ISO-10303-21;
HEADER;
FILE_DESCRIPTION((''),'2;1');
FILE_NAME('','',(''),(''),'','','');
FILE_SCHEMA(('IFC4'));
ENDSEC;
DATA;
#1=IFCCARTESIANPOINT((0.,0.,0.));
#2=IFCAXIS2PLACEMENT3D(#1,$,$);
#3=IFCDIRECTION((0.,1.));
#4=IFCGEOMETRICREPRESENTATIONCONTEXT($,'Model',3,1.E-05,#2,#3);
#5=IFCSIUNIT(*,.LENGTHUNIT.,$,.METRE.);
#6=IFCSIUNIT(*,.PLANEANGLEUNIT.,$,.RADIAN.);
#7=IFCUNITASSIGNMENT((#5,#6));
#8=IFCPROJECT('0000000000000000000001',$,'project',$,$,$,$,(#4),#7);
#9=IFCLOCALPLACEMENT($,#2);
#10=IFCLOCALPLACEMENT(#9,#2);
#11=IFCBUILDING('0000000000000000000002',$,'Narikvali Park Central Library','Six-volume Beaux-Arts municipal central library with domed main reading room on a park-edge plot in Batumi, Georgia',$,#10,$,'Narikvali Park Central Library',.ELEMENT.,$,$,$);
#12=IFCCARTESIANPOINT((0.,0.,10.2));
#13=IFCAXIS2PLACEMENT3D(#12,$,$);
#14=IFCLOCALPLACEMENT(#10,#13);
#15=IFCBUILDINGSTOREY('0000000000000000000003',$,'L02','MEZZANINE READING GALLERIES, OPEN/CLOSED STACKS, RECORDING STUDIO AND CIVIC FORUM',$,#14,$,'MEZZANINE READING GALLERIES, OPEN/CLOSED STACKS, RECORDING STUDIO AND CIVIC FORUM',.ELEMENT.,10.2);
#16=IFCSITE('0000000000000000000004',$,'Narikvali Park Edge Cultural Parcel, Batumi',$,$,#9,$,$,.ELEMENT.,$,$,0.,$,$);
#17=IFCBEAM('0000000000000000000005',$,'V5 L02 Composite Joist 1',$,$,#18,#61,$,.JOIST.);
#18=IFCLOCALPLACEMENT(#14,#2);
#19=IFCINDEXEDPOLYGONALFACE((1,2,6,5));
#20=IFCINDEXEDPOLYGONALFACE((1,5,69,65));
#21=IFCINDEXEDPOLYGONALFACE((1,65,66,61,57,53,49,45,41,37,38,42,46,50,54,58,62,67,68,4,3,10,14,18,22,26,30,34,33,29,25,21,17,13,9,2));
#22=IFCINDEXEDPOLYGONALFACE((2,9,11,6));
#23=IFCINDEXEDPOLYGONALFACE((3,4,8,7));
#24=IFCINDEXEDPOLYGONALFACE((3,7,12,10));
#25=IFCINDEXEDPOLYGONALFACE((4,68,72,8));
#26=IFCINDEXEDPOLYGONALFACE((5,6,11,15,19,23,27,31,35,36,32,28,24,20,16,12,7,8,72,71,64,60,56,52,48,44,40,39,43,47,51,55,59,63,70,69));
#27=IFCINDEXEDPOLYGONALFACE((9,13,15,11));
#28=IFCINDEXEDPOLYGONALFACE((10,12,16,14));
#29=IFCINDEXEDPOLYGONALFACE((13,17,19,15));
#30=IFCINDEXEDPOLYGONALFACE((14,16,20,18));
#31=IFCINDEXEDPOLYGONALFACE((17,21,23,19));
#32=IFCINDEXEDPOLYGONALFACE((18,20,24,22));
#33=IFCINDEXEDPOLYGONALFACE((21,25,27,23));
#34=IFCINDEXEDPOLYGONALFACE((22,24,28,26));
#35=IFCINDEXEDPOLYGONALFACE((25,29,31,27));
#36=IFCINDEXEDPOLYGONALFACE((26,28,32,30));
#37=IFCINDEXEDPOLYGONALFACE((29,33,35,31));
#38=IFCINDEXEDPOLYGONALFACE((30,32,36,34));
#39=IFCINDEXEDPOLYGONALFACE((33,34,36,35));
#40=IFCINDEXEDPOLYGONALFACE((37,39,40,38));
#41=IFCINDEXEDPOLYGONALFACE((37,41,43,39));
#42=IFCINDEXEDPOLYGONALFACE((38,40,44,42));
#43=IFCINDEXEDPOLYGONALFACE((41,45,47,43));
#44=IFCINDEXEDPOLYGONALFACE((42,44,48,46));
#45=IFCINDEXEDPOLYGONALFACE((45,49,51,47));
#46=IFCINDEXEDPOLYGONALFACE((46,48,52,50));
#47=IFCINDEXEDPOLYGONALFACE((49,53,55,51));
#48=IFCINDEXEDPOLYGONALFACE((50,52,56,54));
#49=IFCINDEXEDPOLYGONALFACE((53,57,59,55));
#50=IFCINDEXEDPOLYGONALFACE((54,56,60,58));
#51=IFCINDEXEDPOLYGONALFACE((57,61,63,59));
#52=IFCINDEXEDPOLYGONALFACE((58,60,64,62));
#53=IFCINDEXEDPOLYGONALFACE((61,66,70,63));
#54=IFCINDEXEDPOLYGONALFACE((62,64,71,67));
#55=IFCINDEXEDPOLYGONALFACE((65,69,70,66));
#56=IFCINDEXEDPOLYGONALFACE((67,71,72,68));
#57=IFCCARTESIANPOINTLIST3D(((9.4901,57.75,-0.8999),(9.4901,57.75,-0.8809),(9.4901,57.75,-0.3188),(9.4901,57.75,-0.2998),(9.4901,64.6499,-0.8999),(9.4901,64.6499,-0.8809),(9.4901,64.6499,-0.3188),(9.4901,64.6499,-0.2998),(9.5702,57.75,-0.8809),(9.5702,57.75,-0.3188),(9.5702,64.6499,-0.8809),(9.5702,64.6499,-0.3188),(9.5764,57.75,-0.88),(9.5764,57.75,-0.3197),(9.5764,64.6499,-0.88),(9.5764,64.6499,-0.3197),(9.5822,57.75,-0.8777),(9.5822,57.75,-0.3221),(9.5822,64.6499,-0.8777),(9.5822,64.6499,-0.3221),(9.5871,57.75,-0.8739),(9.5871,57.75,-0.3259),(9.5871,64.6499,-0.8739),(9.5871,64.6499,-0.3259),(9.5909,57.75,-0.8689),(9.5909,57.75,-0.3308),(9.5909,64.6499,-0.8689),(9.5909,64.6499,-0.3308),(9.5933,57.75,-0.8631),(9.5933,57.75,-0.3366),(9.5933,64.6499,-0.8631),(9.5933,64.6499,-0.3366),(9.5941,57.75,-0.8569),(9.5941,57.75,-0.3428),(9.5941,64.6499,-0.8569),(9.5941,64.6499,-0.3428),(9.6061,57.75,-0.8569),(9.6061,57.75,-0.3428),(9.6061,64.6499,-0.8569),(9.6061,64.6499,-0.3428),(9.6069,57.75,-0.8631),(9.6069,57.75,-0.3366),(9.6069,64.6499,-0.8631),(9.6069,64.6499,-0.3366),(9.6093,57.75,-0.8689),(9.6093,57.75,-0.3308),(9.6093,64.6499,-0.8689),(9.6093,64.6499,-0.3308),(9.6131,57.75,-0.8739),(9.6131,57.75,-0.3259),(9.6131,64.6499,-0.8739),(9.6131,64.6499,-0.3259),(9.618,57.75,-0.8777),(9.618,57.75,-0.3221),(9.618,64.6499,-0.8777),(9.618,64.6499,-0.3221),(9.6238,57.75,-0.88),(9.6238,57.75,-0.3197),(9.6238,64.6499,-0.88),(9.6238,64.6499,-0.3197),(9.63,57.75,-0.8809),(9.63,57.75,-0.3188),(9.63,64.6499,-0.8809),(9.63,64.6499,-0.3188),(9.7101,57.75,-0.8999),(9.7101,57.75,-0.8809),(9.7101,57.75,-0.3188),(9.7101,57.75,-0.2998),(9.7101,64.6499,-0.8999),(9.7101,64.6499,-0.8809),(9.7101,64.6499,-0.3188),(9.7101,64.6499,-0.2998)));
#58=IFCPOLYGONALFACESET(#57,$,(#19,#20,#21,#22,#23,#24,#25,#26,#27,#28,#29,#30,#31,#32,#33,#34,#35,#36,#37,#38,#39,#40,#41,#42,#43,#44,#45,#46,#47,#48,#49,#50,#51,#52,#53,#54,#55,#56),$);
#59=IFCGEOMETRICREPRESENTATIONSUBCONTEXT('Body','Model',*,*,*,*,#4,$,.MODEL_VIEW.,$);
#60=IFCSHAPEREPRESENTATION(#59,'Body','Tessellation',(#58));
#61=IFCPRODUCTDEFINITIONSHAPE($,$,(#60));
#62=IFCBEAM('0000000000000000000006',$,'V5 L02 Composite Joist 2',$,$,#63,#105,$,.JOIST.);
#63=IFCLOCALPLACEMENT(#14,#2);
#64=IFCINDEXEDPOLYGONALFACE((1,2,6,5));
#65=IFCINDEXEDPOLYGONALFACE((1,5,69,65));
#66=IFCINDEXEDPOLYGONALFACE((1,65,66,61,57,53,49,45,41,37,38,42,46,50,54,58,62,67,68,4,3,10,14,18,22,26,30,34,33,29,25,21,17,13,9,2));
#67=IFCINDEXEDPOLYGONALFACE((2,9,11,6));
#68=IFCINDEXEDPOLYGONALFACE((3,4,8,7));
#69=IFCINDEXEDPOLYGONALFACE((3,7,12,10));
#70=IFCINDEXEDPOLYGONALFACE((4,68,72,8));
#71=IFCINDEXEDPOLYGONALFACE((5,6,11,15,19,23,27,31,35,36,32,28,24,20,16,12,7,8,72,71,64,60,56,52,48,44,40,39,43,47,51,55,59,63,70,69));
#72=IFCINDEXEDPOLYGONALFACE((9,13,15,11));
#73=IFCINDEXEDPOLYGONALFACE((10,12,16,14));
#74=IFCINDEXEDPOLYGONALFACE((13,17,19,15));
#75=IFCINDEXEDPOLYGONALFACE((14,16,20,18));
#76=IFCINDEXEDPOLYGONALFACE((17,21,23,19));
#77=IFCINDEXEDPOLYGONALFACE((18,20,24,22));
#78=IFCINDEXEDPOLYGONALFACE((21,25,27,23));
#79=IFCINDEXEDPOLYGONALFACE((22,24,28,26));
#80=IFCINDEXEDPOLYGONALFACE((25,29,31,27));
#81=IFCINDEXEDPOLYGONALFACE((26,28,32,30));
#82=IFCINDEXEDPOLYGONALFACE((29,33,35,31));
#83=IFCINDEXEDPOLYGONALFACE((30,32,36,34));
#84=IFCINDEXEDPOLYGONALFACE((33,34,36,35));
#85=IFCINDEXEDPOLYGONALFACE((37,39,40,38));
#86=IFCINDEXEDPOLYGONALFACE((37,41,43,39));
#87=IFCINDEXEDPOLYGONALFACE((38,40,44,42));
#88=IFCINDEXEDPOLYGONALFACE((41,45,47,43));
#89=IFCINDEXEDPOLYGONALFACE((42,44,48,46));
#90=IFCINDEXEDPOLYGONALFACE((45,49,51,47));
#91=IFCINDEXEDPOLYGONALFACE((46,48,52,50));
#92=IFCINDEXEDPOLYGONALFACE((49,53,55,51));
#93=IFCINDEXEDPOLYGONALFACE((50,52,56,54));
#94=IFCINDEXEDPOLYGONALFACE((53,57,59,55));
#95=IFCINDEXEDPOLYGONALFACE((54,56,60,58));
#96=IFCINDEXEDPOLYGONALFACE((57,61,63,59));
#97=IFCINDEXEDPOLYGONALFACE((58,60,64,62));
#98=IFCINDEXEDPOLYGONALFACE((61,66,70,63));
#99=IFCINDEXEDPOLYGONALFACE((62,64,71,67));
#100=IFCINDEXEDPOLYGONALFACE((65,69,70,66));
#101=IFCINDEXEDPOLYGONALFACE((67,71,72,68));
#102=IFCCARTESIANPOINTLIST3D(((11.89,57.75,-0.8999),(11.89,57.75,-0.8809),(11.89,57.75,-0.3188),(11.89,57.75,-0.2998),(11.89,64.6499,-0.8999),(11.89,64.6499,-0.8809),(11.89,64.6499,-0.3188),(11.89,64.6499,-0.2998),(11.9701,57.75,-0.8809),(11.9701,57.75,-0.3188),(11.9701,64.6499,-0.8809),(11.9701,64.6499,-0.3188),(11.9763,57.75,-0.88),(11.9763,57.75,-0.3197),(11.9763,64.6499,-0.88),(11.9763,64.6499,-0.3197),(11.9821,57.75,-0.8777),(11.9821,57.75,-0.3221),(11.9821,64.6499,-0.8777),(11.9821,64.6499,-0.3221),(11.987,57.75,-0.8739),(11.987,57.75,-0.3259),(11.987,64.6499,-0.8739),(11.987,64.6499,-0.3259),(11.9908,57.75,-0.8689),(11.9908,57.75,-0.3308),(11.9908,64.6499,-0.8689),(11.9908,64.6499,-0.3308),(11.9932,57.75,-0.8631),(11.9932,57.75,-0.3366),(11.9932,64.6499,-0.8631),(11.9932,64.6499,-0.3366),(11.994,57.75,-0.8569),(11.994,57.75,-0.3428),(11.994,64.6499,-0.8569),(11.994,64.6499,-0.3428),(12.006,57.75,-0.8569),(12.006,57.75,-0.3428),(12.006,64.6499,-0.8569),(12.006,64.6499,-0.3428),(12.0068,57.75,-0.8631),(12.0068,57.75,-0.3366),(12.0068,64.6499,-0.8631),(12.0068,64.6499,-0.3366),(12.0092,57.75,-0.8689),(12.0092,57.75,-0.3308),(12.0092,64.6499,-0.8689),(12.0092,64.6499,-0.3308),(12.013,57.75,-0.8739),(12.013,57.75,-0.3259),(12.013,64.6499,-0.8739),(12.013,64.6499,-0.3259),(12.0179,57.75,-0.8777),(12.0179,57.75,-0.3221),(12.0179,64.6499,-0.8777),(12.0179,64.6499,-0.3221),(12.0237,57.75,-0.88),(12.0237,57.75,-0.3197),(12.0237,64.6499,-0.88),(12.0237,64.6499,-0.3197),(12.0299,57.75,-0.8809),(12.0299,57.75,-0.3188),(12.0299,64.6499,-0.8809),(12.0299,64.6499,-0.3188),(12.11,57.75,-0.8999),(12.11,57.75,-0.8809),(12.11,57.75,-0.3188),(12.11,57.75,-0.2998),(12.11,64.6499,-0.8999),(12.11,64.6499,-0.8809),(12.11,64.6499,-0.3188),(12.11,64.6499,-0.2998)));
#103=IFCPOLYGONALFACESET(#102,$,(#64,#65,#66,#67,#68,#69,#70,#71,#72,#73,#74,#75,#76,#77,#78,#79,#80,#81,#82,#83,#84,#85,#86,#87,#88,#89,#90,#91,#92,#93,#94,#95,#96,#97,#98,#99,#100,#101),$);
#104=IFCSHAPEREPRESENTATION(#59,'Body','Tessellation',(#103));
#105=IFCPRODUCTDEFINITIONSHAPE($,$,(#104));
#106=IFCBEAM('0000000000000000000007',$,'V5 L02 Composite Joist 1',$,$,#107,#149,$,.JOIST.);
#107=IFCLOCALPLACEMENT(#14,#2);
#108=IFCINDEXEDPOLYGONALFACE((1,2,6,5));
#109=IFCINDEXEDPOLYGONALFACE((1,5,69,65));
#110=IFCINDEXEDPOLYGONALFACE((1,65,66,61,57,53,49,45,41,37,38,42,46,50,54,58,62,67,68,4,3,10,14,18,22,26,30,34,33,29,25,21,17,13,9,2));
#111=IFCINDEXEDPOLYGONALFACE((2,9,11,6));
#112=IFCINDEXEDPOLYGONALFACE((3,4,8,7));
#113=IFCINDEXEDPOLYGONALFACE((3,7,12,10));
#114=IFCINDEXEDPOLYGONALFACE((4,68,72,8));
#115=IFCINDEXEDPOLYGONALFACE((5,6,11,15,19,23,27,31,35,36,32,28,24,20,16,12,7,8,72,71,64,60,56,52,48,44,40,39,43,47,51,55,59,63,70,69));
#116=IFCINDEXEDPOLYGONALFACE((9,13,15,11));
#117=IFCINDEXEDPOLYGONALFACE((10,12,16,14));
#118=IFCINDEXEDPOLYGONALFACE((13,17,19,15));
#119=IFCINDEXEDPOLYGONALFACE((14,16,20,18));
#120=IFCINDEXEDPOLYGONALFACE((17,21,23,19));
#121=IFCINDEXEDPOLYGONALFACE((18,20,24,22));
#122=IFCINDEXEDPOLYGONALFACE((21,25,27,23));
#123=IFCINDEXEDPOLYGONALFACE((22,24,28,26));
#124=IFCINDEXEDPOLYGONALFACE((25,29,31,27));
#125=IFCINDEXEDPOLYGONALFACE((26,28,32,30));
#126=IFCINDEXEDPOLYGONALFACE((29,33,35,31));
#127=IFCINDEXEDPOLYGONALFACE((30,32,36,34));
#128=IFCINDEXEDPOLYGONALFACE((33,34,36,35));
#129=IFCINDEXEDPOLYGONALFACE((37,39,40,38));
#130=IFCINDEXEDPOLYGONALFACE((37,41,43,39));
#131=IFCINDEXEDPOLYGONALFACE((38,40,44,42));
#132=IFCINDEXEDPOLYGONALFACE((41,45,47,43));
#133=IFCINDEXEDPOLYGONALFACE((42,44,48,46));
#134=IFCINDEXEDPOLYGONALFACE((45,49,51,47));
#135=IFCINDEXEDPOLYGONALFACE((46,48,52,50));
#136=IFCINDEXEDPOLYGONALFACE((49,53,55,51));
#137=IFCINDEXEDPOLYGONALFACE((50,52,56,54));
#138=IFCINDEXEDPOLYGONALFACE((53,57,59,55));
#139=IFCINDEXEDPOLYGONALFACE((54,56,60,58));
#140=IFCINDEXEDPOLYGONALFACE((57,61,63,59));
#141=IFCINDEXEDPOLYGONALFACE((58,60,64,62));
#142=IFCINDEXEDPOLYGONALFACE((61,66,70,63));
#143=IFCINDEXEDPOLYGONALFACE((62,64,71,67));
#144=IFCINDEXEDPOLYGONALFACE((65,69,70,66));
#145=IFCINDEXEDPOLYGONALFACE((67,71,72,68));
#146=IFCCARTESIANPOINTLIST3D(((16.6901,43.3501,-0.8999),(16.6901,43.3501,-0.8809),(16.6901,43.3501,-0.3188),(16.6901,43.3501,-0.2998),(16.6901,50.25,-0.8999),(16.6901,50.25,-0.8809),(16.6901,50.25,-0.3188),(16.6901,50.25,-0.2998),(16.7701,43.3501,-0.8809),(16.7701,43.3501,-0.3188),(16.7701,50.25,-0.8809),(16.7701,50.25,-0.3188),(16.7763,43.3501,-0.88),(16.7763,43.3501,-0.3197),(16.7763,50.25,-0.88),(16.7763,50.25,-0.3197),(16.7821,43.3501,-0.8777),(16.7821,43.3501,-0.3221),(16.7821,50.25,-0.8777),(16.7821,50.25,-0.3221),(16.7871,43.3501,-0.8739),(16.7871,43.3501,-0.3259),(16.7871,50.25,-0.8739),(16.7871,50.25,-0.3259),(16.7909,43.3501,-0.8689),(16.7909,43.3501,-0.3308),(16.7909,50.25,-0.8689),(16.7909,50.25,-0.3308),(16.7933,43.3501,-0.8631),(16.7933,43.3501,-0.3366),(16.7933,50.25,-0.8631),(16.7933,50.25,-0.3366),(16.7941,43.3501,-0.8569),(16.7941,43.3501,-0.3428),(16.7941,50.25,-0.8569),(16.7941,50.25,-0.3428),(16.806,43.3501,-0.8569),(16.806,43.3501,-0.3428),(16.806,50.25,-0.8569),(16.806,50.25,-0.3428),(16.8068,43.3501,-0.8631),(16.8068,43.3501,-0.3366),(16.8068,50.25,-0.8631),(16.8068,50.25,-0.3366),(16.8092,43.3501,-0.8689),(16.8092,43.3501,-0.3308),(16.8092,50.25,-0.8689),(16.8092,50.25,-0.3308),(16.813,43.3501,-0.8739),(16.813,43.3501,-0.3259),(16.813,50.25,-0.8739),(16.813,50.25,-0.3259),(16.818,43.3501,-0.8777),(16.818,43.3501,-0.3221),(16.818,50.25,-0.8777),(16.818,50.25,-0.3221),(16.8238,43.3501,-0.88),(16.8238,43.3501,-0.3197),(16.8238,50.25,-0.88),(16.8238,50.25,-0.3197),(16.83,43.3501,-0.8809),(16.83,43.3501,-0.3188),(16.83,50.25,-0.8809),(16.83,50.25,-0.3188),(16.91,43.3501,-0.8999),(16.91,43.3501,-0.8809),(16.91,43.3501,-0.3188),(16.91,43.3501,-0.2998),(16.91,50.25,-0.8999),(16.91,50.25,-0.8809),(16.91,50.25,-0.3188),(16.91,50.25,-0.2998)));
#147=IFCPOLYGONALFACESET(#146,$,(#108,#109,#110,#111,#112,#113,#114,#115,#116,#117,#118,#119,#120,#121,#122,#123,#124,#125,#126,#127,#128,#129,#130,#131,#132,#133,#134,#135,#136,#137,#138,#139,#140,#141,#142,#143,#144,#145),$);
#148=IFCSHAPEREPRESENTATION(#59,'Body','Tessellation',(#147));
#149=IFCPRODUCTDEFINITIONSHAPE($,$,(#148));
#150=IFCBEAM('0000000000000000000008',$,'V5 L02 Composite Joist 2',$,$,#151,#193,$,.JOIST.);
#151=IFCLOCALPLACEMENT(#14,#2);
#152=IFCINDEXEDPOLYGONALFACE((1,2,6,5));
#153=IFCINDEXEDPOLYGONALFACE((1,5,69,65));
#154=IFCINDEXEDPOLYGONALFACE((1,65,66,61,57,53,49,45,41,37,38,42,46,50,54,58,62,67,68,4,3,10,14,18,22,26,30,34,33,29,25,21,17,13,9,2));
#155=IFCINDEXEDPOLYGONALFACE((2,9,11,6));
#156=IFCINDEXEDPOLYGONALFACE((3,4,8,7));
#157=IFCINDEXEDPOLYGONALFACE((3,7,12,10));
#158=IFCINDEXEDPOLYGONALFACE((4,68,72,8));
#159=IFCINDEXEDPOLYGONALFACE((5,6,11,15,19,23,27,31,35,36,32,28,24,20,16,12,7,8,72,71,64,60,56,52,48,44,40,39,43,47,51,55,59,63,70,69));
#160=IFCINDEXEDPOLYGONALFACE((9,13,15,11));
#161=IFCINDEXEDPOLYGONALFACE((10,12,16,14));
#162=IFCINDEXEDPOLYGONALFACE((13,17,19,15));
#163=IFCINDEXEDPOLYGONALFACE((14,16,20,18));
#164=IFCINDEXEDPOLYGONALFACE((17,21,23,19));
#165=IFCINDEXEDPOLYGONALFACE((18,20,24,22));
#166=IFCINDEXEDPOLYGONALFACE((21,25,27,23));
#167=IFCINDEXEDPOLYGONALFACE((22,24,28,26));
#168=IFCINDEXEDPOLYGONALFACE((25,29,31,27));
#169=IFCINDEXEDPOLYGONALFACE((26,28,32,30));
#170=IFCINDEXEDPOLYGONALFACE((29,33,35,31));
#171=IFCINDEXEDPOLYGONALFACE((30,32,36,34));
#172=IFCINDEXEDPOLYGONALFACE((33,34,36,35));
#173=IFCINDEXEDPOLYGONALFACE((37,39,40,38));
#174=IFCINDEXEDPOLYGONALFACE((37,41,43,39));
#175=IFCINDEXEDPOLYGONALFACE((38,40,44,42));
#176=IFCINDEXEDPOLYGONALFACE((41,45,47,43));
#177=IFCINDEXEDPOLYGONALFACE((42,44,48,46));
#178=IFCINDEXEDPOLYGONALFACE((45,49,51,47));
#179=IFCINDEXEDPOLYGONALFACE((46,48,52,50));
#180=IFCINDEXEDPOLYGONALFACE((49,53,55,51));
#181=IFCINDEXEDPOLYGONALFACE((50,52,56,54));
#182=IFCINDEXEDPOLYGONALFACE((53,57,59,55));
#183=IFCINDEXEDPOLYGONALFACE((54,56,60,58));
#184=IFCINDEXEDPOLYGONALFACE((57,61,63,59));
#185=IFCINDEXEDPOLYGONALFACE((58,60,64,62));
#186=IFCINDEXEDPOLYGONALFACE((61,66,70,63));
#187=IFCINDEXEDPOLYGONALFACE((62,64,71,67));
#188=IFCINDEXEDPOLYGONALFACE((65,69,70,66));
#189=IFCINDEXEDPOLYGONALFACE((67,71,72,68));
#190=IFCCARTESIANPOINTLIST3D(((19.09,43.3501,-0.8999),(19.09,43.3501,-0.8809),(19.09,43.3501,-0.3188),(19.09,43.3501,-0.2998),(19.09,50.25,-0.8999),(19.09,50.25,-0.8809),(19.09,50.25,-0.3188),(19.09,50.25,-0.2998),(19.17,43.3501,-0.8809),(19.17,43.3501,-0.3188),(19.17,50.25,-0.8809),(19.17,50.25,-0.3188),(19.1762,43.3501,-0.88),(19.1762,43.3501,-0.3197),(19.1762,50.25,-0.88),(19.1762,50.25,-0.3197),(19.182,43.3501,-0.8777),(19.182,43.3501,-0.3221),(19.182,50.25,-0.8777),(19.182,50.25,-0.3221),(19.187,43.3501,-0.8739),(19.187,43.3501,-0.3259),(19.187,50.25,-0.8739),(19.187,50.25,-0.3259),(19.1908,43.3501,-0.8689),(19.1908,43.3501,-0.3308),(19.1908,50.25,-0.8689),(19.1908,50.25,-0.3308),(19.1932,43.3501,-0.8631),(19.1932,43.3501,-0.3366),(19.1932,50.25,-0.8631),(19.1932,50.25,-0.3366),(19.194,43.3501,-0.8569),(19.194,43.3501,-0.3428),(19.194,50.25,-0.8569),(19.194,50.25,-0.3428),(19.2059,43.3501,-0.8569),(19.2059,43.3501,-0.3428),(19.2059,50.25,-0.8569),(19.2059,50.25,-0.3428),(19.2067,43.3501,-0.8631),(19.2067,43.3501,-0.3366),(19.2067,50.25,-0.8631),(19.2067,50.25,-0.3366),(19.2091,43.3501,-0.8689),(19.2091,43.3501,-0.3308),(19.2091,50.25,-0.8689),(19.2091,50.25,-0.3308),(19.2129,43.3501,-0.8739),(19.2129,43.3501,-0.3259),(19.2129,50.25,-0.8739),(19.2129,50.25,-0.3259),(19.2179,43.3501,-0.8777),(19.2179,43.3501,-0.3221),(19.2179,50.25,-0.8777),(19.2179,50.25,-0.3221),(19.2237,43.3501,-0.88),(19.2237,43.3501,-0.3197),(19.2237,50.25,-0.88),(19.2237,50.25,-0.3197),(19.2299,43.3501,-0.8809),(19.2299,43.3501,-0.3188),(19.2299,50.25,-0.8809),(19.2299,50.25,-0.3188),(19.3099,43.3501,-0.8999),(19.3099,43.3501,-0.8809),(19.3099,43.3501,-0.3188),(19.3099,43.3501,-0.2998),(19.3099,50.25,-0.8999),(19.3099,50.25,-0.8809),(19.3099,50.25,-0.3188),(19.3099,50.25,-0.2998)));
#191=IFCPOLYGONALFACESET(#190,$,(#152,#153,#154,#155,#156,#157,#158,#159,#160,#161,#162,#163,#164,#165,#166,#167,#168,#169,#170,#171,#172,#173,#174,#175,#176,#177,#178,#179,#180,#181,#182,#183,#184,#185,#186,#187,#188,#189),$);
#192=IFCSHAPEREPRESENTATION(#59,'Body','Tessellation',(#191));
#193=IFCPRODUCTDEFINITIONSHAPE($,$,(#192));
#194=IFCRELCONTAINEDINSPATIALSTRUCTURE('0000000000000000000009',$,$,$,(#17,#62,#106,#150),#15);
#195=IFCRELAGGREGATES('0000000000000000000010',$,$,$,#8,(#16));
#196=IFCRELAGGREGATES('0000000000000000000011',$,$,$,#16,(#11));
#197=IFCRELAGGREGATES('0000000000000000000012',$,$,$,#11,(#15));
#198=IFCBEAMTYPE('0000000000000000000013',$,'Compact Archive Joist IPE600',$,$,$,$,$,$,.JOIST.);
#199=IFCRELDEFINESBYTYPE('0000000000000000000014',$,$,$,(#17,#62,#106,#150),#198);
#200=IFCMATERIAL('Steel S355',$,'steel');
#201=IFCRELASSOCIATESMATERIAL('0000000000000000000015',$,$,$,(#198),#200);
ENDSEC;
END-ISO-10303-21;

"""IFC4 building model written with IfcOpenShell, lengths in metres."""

from ifc_helpers import new_model, si_unit, direction, frame, origin, origin_2d, place, context, subcontext, project, spatial, i_section, extrude, material, material_profile, profile_set, type_object, element, save


model = new_model("IFC4")

# Units and contexts
model_context = context("Model", 3, precision=1e-05, world=origin(), true_north=direction((0.0, 1.0)))
body_context = subcontext(model_context, "Body", "Model", "MODEL_VIEW")
ifc_project = project(units=[si_unit("LENGTHUNIT", "METRE"), si_unit("PLANEANGLEUNIT", "RADIAN")], contexts=[model_context])

# Site, building, storey
site_placement = place(None, origin())
site = spatial("IfcSite", under=ifc_project, at=site_placement, Name="Narikvali Park Edge Cultural Parcel, Batumi", CompositionType="ELEMENT", RefElevation=0.0)
building_placement = place(site_placement, origin())
building = spatial("IfcBuilding", under=site, at=building_placement, Name="Narikvali Park Central Library", Description="Six-volume Beaux-Arts municipal central library with domed main reading room on a park-edge plot in Batumi, Georgia", LongName="Narikvali Park Central Library", CompositionType="ELEMENT")
storey_placement = place(building_placement, frame((0.0, 0.0, 10.2)))
storey = spatial("IfcBuildingStorey", under=building, at=storey_placement, Name="L02", Description="MEZZANINE READING GALLERIES, OPEN/CLOSED STACKS, RECORDING STUDIO AND CIVIC FORUM", LongName="MEZZANINE READING GALLERIES, OPEN/CLOSED STACKS, RECORDING STUDIO AND CIVIC FORUM", CompositionType="ELEMENT", Elevation=10.2)

# Shared definitions
ifc_material_1 = material(Name="Steel S355", Category="steel")

# Beams
ifc_material_profile_1 = material_profile(ifc_material_1, i_section(OverallWidth=0.22, OverallDepth=0.6001, WebThickness=0.012, FlangeThickness=0.019, FilletRadius=0.0239, at=origin_2d()), Name="IPE 600")
ifc_profile_set_1 = profile_set([ifc_material_profile_1], Name="Steel S355")
beam_type_1 = type_object("IfcBeamType", Name="Compact Archive Joist IPE600", PredefinedType="JOIST", material=ifc_profile_set_1)
for number, where, z_axis, x_axis, name in (
    (1, (9.6001, 57.75, -0.5999), (0.0, 1.0, 0.0), (-1.0, 0.0, 0.0), "V5 L02 Composite Joist 1"),
    (2, (12.0, 57.75, -0.5999), (0.0, 1.0, 0.0), (-1.0, 0.0, 0.0), "V5 L02 Composite Joist 2"),
    (3, (16.8, 43.3501, -0.5999), (0.0, 1.0, 0.0), (-1.0, 0.0, 0.0), "V5 L02 Composite Joist 1"),
    (4, (19.2, 43.3501, -0.5999), (0.0, 1.0, 0.0), (-1.0, 0.0, 0.0), "V5 L02 Composite Joist 2"),
):
    element("IfcBeam", number, at=place(storey_placement, frame(where, z_axis=z_axis, x_axis=x_axis)), inside=storey, type_object=beam_type_1, Name=name, PredefinedType="JOIST", context=body_context, shape_type="SweptSolid", body=[
        extrude(i_section(OverallWidth=0.22, OverallDepth=0.6001, WebThickness=0.012, FlangeThickness=0.019, FilletRadius=0.0239, at=origin_2d()), origin(), (0.0, 0.0, 1.0), 6.8999),
    ])

save(model, "model.ifc")
